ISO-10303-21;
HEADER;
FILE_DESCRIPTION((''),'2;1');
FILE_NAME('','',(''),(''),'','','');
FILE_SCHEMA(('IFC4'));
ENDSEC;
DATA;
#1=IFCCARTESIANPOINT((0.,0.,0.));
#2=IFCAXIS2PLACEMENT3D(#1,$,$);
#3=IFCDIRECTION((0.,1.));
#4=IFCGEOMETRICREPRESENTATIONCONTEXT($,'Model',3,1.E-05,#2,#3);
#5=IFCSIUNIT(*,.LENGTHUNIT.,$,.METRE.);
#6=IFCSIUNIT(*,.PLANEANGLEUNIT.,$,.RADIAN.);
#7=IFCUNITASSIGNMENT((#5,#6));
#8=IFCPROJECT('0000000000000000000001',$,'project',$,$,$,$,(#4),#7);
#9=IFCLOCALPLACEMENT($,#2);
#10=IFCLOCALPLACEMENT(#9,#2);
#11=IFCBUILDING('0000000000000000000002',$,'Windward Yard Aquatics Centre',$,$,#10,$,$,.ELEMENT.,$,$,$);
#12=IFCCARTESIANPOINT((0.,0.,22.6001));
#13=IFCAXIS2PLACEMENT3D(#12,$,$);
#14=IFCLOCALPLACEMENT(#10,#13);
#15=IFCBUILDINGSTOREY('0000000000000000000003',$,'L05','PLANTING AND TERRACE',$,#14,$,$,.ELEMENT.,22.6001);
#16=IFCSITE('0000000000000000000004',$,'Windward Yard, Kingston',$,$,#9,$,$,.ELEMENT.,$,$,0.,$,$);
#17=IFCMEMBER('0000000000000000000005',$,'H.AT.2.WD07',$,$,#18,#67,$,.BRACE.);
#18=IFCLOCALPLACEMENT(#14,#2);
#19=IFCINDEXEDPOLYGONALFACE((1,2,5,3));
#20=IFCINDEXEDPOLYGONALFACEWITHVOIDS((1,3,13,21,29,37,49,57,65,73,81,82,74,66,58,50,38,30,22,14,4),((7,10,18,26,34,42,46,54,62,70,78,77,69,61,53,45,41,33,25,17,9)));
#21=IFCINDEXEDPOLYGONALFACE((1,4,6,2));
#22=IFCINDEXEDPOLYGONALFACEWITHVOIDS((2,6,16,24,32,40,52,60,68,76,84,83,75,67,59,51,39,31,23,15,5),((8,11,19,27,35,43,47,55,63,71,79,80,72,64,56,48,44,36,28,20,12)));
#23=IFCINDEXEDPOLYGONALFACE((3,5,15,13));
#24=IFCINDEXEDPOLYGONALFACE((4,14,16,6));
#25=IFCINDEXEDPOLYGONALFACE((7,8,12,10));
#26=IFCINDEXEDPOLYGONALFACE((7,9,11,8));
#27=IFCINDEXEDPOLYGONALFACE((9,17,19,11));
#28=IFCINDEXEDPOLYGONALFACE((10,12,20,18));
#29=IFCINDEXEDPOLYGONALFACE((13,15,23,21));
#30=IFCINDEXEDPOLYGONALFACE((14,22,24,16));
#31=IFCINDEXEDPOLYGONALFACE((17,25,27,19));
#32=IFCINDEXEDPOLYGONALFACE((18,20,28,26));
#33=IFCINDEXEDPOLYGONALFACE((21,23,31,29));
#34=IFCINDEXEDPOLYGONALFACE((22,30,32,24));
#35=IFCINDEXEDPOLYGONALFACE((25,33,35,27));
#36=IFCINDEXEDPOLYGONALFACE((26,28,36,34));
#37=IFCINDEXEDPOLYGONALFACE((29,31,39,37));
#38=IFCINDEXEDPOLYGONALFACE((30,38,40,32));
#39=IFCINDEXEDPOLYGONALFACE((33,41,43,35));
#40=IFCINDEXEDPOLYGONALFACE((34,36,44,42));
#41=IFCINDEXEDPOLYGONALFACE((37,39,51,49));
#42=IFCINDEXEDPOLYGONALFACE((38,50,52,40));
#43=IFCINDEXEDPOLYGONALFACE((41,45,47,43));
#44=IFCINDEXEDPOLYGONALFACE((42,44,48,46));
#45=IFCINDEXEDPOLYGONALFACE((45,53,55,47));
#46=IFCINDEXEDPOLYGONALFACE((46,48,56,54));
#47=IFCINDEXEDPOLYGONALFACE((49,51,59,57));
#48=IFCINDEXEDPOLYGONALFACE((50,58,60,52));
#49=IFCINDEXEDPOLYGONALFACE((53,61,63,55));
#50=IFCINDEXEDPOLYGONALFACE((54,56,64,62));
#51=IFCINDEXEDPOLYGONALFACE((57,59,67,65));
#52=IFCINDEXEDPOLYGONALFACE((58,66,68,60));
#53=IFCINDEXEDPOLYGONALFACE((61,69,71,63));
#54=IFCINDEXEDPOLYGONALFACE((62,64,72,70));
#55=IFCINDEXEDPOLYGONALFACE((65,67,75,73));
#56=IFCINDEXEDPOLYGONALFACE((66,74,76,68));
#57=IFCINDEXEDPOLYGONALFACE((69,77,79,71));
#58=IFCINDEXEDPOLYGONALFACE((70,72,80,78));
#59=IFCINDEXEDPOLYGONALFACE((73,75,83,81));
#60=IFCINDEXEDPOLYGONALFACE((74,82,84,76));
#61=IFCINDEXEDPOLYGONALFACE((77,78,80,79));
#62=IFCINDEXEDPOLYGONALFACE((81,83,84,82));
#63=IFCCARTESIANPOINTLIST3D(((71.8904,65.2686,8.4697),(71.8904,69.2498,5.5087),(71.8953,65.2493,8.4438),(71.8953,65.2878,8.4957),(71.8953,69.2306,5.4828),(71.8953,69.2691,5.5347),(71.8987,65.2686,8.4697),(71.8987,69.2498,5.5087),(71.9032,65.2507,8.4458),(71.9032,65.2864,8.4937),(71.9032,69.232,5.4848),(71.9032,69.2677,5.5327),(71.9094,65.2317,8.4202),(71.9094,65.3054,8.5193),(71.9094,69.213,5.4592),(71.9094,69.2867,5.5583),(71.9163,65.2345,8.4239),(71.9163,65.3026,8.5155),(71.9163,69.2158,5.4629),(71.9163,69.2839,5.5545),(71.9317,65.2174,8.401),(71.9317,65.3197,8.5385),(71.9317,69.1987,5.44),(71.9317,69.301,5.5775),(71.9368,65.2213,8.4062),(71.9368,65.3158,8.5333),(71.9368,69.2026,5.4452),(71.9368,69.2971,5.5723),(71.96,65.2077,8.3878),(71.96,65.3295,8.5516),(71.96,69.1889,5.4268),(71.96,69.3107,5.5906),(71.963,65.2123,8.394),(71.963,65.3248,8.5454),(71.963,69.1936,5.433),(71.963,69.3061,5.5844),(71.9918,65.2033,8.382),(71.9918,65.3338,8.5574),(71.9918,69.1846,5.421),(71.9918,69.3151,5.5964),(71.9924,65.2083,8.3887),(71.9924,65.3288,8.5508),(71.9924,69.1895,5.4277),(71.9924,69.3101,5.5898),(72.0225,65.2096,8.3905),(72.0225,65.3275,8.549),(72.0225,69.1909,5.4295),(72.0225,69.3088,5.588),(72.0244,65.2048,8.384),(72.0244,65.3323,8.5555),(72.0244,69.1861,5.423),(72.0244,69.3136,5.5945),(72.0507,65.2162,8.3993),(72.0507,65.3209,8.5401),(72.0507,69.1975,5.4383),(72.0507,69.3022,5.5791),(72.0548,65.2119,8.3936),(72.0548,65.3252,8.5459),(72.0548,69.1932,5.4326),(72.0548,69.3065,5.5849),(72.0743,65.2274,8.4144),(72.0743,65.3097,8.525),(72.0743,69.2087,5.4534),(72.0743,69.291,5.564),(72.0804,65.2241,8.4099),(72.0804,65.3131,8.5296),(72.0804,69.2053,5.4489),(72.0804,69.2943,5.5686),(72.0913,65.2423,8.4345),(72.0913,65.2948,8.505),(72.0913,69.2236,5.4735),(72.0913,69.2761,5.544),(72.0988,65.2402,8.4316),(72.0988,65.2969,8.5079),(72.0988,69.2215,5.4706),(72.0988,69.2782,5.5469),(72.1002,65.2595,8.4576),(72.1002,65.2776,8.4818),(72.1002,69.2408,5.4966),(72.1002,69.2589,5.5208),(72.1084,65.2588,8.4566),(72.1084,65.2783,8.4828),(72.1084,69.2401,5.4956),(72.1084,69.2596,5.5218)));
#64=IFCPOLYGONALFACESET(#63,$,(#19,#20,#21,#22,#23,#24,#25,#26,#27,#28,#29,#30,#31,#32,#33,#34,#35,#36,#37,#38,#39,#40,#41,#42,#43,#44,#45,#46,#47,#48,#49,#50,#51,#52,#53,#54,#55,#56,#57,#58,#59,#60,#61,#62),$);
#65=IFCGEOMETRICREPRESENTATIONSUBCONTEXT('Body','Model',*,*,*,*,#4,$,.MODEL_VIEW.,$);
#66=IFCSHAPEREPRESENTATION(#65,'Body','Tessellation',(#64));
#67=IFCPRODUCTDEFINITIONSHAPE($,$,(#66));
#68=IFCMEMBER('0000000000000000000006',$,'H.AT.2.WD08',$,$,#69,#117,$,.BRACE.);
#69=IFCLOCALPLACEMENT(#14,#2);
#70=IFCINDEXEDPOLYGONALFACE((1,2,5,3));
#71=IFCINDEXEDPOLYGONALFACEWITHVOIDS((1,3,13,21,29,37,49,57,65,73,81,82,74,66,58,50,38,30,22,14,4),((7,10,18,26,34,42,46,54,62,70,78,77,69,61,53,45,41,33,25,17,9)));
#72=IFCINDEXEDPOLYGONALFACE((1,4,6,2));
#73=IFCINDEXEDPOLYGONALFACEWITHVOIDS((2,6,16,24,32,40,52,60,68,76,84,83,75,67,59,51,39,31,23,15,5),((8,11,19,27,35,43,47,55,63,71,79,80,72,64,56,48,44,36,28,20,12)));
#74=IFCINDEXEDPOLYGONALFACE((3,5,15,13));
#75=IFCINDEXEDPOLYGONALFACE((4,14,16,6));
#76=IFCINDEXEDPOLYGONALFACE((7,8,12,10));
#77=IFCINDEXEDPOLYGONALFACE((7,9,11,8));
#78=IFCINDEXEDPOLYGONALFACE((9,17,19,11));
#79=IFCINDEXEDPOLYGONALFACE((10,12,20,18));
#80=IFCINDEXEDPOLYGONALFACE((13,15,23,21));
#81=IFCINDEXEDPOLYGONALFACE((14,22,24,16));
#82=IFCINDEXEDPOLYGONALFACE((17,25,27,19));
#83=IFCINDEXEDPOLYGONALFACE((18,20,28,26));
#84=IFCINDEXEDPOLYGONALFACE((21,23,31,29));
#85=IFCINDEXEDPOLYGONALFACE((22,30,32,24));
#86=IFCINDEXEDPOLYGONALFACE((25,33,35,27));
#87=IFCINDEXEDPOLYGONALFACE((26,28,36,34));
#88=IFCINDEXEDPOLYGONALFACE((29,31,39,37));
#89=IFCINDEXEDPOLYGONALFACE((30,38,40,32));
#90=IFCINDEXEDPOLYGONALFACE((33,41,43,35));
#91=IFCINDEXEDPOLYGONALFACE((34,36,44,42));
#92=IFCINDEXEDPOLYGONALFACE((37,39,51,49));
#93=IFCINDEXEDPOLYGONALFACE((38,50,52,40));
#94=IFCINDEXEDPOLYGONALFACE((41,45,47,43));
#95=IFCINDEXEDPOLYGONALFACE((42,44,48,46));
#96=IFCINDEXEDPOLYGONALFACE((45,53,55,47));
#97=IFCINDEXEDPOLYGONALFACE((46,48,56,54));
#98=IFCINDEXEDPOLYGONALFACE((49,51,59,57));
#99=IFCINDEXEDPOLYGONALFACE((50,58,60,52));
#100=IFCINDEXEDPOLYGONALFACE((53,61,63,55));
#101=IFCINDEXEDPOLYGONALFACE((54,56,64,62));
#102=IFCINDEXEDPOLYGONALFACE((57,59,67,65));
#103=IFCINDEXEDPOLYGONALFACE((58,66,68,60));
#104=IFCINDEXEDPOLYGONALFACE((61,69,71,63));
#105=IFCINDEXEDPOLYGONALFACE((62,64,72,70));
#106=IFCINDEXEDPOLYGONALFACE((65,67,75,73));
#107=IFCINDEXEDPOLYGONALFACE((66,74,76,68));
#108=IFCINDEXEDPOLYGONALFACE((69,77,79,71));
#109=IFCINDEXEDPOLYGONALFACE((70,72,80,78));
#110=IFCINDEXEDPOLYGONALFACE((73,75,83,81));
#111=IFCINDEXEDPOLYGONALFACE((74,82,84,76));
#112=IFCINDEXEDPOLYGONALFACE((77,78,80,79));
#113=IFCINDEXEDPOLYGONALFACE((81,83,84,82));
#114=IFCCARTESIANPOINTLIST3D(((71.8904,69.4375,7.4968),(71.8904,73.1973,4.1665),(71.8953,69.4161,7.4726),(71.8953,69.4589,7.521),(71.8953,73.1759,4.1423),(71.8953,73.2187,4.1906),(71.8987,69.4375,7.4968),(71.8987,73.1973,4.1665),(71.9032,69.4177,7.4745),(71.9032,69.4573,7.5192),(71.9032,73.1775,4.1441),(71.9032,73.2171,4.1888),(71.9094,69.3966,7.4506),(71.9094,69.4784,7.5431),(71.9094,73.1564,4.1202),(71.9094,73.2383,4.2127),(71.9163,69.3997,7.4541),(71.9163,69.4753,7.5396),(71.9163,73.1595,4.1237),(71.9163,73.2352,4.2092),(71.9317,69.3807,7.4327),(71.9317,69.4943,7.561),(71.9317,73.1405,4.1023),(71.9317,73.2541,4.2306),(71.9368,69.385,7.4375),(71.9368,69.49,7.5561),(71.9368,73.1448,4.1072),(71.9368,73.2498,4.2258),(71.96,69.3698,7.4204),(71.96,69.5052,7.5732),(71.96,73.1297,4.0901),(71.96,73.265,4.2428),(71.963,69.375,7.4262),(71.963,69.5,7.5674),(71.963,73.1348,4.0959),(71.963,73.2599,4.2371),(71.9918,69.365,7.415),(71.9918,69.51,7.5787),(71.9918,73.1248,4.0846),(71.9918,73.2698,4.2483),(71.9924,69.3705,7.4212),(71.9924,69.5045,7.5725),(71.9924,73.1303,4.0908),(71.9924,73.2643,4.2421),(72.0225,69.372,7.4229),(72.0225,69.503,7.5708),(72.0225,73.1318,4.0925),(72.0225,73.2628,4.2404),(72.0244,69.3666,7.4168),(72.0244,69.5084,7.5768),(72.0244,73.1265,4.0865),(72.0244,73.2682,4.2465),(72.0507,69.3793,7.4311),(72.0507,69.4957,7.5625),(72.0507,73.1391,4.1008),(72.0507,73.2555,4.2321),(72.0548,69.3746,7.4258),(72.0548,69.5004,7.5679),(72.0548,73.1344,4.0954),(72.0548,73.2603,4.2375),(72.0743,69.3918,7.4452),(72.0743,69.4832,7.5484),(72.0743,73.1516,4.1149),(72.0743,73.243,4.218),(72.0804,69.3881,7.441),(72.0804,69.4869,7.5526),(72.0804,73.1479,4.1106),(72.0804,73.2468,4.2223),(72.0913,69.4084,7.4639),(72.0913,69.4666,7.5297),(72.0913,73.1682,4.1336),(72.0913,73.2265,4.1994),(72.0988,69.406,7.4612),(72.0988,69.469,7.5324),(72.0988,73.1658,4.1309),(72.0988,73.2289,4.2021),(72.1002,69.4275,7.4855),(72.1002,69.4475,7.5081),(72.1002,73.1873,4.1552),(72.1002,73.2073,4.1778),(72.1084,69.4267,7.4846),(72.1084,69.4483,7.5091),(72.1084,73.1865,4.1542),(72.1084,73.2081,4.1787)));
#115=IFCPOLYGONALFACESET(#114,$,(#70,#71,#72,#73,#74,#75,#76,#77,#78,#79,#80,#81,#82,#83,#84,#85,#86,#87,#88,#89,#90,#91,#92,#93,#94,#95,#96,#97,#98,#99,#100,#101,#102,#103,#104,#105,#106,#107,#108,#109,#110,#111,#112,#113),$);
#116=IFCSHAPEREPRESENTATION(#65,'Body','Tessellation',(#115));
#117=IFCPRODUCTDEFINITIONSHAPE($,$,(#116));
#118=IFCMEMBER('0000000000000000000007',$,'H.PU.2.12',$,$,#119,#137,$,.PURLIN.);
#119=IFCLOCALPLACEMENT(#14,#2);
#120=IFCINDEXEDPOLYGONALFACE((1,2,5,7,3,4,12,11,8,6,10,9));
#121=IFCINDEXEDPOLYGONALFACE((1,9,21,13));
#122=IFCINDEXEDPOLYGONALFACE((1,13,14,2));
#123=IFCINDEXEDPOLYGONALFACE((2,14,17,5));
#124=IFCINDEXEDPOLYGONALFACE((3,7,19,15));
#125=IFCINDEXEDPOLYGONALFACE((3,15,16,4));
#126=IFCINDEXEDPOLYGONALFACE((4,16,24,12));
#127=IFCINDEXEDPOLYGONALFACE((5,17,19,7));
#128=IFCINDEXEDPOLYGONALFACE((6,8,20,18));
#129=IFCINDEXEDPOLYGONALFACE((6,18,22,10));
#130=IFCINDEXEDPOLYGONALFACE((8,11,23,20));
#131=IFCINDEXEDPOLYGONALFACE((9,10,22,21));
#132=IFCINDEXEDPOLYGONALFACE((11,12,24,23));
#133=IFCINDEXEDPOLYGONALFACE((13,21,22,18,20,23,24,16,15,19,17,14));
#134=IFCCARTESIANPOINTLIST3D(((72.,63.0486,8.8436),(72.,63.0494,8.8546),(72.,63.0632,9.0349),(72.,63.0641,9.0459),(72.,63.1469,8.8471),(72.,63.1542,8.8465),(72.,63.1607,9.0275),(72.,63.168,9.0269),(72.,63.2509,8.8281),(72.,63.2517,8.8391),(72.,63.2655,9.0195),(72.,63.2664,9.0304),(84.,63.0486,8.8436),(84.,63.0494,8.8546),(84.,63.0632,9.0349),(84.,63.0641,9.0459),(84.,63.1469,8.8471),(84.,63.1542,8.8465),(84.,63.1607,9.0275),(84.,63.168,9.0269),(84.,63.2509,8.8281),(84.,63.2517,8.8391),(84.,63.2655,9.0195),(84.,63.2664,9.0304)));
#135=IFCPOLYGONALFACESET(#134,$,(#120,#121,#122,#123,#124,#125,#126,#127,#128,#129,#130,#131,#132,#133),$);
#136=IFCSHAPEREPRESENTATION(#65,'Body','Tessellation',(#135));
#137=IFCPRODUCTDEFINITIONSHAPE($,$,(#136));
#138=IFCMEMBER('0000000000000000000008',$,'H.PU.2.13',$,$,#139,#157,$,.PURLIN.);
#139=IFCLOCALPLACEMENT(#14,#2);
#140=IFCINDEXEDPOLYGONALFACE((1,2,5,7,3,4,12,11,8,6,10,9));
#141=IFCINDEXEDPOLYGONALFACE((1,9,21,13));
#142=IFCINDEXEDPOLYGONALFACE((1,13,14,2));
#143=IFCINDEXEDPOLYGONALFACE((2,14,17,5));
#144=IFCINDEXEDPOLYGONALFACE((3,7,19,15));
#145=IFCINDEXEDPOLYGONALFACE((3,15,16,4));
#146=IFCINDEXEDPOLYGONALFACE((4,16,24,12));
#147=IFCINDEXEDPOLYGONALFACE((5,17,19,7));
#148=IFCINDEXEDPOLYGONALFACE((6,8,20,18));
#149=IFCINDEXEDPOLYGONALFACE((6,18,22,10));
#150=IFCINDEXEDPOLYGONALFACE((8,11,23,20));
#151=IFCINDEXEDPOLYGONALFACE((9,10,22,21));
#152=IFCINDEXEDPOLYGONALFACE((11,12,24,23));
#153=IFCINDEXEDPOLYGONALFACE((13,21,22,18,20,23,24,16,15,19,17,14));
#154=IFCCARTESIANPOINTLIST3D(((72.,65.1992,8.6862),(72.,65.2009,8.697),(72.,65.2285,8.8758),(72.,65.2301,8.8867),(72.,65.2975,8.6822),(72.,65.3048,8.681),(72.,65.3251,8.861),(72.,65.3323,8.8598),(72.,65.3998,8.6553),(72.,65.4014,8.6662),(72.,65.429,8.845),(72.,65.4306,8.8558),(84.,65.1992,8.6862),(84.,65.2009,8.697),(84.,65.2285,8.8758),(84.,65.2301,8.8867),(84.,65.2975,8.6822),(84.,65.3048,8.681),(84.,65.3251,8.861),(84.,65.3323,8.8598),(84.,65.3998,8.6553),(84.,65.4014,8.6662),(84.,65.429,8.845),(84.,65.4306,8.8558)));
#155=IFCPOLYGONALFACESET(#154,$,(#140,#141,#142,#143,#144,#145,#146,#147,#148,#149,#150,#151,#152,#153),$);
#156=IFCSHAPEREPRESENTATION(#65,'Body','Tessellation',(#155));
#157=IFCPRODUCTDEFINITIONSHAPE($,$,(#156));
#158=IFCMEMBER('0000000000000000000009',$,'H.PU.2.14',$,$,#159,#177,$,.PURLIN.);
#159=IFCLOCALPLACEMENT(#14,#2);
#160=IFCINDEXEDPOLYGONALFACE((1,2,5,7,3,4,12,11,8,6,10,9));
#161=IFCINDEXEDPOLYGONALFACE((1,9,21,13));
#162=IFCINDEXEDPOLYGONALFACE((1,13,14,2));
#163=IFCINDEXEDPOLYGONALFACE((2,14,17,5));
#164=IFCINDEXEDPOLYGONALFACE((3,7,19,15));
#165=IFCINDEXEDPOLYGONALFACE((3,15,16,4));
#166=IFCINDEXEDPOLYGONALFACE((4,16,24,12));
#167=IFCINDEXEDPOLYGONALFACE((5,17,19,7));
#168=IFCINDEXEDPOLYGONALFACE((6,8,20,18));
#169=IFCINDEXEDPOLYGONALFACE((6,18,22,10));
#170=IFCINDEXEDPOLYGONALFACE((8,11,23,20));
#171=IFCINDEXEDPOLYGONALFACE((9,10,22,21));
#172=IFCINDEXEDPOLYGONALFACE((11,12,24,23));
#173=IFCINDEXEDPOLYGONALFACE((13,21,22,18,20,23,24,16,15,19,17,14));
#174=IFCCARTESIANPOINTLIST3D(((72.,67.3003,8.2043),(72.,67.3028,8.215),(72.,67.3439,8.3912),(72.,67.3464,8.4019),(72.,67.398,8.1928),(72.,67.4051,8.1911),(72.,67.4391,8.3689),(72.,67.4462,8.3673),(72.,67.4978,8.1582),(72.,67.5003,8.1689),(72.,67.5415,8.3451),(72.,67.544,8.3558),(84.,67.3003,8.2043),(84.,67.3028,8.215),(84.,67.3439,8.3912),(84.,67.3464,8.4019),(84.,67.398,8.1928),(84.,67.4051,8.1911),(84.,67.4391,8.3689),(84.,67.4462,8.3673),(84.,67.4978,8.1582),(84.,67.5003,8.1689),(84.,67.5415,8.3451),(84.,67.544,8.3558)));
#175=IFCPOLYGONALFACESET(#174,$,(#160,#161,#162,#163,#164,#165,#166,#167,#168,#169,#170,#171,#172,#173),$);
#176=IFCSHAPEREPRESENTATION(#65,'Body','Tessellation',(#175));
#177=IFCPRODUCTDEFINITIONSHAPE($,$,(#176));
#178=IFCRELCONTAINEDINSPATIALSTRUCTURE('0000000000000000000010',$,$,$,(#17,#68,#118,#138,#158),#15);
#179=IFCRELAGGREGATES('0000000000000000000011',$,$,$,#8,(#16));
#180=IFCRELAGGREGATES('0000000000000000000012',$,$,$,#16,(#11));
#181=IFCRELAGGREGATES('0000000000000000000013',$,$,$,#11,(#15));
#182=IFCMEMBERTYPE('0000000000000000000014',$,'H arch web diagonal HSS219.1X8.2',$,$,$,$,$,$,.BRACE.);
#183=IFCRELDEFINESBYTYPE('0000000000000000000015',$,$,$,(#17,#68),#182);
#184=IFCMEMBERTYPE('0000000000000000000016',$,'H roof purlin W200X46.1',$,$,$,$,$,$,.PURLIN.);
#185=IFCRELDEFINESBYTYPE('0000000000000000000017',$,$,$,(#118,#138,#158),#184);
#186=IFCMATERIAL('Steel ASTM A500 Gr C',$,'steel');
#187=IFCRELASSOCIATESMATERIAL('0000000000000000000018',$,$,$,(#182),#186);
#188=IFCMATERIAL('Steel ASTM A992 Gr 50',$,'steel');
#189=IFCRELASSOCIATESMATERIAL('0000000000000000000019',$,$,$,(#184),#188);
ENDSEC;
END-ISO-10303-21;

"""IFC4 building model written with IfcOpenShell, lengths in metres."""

from ifc_helpers import new_model, si_unit, direction, frame, origin, origin_2d, place, context, subcontext, project, spatial, hollow_circle, i_section, extrude, material, material_profile, profile_set, type_object, element, save


model = new_model("IFC4")

# Units and contexts
model_context = context("Model", 3, precision=1e-05, world=origin(), true_north=direction((0.0, 1.0)))
body_context = subcontext(model_context, "Body", "Model", "MODEL_VIEW")
ifc_project = project(units=[si_unit("LENGTHUNIT", "METRE"), si_unit("PLANEANGLEUNIT", "RADIAN")], contexts=[model_context])

# Site, building, storey
site_placement = place(None, origin())
site = spatial("IfcSite", under=ifc_project, at=site_placement, Name="Windward Yard, Kingston", CompositionType="ELEMENT", RefElevation=0.0)
building_placement = place(site_placement, origin())
building = spatial("IfcBuilding", under=site, at=building_placement, Name="Windward Yard Aquatics Centre", CompositionType="ELEMENT")
storey_placement = place(building_placement, frame((0.0, 0.0, 22.6001)))
storey = spatial("IfcBuildingStorey", under=building, at=storey_placement, Name="L05", Description="PLANTING AND TERRACE", CompositionType="ELEMENT", Elevation=22.6001)

# Members
ifc_material_1 = material(Name="Steel ASTM A500 Gr C", Category="steel")
ifc_material_profile_1 = material_profile(ifc_material_1, hollow_circle(Radius=0.1096, WallThickness=0.0083, at=origin_2d()), Name="HSS219.1X8.2")
ifc_profile_set_1 = profile_set([ifc_material_profile_1], Name="Steel ASTM A500 Gr C")
member_type_1 = type_object("IfcMemberType", Name="H arch web diagonal HSS219.1X8.2", PredefinedType="BRACE", material=ifc_profile_set_1)
member_1_placement = place(storey_placement, frame((72.0, 65.2686, 8.4697), z_axis=(0.0, 0.802409, -0.596775), x_axis=(-1.0, 0.0, 0.0)))
element("IfcMember", 1, at=member_1_placement, inside=storey, type_object=member_type_1, Name="H.AT.2.WD07", PredefinedType="BRACE", context=body_context, shape_type="SweptSolid", body=[
    extrude(hollow_circle(Radius=0.1096, WallThickness=0.0083, at=origin_2d()), origin(), (0.0, 0.0, 1.0), 4.9617),
])
member_2_placement = place(storey_placement, frame((72.0, 69.4375, 7.4968), z_axis=(0.0, 0.748564, -0.663062), x_axis=(-1.0, 0.0, 0.0)))
element("IfcMember", 2, at=member_2_placement, inside=storey, type_object=member_type_1, Name="H.AT.2.WD08", PredefinedType="BRACE", context=body_context, shape_type="SweptSolid", body=[
    extrude(hollow_circle(Radius=0.1096, WallThickness=0.0083, at=origin_2d()), origin(), (0.0, 0.0, 1.0), 5.0227),
])
ifc_material_2 = material(Name="Steel ASTM A992 Gr 50", Category="steel")
ifc_material_profile_2 = material_profile(ifc_material_2, i_section(OverallWidth=0.2029, OverallDepth=0.2029, WebThickness=0.0073, FlangeThickness=0.011, at=origin_2d()), Name="W200X46.1")
ifc_profile_set_2 = profile_set([ifc_material_profile_2], Name="Steel ASTM A992 Gr 50")
member_type_2 = type_object("IfcMemberType", Name="H roof purlin W200X46.1", PredefinedType="PURLIN", material=ifc_profile_set_2)
for number, where, z_axis, x_axis, name in (
    (3, (72.0, 63.1575, 8.937), (1.0, 0.0, 0.0), (0.0, 0.997081, -0.076354), "H.PU.2.12"),
    (4, (72.0, 65.3149, 8.771), (1.0, 0.0, 0.0), (0.0, 0.98834, -0.152262), "H.PU.2.13"),
    (5, (72.0, 67.4221, 8.28), (1.0, 0.0, 0.0), (0.0, 0.973829, -0.227281), "H.PU.2.14"),
):
    element("IfcMember", number, at=place(storey_placement, frame(where, z_axis=z_axis, x_axis=x_axis)), inside=storey, type_object=member_type_2, Name=name, PredefinedType="PURLIN", context=body_context, shape_type="SweptSolid", body=[
        extrude(i_section(OverallWidth=0.2029, OverallDepth=0.2029, WebThickness=0.0073, FlangeThickness=0.011, at=origin_2d()), origin(), (0.0, 0.0, 1.0), 12.0),
    ])

save(model, "model.ifc")
